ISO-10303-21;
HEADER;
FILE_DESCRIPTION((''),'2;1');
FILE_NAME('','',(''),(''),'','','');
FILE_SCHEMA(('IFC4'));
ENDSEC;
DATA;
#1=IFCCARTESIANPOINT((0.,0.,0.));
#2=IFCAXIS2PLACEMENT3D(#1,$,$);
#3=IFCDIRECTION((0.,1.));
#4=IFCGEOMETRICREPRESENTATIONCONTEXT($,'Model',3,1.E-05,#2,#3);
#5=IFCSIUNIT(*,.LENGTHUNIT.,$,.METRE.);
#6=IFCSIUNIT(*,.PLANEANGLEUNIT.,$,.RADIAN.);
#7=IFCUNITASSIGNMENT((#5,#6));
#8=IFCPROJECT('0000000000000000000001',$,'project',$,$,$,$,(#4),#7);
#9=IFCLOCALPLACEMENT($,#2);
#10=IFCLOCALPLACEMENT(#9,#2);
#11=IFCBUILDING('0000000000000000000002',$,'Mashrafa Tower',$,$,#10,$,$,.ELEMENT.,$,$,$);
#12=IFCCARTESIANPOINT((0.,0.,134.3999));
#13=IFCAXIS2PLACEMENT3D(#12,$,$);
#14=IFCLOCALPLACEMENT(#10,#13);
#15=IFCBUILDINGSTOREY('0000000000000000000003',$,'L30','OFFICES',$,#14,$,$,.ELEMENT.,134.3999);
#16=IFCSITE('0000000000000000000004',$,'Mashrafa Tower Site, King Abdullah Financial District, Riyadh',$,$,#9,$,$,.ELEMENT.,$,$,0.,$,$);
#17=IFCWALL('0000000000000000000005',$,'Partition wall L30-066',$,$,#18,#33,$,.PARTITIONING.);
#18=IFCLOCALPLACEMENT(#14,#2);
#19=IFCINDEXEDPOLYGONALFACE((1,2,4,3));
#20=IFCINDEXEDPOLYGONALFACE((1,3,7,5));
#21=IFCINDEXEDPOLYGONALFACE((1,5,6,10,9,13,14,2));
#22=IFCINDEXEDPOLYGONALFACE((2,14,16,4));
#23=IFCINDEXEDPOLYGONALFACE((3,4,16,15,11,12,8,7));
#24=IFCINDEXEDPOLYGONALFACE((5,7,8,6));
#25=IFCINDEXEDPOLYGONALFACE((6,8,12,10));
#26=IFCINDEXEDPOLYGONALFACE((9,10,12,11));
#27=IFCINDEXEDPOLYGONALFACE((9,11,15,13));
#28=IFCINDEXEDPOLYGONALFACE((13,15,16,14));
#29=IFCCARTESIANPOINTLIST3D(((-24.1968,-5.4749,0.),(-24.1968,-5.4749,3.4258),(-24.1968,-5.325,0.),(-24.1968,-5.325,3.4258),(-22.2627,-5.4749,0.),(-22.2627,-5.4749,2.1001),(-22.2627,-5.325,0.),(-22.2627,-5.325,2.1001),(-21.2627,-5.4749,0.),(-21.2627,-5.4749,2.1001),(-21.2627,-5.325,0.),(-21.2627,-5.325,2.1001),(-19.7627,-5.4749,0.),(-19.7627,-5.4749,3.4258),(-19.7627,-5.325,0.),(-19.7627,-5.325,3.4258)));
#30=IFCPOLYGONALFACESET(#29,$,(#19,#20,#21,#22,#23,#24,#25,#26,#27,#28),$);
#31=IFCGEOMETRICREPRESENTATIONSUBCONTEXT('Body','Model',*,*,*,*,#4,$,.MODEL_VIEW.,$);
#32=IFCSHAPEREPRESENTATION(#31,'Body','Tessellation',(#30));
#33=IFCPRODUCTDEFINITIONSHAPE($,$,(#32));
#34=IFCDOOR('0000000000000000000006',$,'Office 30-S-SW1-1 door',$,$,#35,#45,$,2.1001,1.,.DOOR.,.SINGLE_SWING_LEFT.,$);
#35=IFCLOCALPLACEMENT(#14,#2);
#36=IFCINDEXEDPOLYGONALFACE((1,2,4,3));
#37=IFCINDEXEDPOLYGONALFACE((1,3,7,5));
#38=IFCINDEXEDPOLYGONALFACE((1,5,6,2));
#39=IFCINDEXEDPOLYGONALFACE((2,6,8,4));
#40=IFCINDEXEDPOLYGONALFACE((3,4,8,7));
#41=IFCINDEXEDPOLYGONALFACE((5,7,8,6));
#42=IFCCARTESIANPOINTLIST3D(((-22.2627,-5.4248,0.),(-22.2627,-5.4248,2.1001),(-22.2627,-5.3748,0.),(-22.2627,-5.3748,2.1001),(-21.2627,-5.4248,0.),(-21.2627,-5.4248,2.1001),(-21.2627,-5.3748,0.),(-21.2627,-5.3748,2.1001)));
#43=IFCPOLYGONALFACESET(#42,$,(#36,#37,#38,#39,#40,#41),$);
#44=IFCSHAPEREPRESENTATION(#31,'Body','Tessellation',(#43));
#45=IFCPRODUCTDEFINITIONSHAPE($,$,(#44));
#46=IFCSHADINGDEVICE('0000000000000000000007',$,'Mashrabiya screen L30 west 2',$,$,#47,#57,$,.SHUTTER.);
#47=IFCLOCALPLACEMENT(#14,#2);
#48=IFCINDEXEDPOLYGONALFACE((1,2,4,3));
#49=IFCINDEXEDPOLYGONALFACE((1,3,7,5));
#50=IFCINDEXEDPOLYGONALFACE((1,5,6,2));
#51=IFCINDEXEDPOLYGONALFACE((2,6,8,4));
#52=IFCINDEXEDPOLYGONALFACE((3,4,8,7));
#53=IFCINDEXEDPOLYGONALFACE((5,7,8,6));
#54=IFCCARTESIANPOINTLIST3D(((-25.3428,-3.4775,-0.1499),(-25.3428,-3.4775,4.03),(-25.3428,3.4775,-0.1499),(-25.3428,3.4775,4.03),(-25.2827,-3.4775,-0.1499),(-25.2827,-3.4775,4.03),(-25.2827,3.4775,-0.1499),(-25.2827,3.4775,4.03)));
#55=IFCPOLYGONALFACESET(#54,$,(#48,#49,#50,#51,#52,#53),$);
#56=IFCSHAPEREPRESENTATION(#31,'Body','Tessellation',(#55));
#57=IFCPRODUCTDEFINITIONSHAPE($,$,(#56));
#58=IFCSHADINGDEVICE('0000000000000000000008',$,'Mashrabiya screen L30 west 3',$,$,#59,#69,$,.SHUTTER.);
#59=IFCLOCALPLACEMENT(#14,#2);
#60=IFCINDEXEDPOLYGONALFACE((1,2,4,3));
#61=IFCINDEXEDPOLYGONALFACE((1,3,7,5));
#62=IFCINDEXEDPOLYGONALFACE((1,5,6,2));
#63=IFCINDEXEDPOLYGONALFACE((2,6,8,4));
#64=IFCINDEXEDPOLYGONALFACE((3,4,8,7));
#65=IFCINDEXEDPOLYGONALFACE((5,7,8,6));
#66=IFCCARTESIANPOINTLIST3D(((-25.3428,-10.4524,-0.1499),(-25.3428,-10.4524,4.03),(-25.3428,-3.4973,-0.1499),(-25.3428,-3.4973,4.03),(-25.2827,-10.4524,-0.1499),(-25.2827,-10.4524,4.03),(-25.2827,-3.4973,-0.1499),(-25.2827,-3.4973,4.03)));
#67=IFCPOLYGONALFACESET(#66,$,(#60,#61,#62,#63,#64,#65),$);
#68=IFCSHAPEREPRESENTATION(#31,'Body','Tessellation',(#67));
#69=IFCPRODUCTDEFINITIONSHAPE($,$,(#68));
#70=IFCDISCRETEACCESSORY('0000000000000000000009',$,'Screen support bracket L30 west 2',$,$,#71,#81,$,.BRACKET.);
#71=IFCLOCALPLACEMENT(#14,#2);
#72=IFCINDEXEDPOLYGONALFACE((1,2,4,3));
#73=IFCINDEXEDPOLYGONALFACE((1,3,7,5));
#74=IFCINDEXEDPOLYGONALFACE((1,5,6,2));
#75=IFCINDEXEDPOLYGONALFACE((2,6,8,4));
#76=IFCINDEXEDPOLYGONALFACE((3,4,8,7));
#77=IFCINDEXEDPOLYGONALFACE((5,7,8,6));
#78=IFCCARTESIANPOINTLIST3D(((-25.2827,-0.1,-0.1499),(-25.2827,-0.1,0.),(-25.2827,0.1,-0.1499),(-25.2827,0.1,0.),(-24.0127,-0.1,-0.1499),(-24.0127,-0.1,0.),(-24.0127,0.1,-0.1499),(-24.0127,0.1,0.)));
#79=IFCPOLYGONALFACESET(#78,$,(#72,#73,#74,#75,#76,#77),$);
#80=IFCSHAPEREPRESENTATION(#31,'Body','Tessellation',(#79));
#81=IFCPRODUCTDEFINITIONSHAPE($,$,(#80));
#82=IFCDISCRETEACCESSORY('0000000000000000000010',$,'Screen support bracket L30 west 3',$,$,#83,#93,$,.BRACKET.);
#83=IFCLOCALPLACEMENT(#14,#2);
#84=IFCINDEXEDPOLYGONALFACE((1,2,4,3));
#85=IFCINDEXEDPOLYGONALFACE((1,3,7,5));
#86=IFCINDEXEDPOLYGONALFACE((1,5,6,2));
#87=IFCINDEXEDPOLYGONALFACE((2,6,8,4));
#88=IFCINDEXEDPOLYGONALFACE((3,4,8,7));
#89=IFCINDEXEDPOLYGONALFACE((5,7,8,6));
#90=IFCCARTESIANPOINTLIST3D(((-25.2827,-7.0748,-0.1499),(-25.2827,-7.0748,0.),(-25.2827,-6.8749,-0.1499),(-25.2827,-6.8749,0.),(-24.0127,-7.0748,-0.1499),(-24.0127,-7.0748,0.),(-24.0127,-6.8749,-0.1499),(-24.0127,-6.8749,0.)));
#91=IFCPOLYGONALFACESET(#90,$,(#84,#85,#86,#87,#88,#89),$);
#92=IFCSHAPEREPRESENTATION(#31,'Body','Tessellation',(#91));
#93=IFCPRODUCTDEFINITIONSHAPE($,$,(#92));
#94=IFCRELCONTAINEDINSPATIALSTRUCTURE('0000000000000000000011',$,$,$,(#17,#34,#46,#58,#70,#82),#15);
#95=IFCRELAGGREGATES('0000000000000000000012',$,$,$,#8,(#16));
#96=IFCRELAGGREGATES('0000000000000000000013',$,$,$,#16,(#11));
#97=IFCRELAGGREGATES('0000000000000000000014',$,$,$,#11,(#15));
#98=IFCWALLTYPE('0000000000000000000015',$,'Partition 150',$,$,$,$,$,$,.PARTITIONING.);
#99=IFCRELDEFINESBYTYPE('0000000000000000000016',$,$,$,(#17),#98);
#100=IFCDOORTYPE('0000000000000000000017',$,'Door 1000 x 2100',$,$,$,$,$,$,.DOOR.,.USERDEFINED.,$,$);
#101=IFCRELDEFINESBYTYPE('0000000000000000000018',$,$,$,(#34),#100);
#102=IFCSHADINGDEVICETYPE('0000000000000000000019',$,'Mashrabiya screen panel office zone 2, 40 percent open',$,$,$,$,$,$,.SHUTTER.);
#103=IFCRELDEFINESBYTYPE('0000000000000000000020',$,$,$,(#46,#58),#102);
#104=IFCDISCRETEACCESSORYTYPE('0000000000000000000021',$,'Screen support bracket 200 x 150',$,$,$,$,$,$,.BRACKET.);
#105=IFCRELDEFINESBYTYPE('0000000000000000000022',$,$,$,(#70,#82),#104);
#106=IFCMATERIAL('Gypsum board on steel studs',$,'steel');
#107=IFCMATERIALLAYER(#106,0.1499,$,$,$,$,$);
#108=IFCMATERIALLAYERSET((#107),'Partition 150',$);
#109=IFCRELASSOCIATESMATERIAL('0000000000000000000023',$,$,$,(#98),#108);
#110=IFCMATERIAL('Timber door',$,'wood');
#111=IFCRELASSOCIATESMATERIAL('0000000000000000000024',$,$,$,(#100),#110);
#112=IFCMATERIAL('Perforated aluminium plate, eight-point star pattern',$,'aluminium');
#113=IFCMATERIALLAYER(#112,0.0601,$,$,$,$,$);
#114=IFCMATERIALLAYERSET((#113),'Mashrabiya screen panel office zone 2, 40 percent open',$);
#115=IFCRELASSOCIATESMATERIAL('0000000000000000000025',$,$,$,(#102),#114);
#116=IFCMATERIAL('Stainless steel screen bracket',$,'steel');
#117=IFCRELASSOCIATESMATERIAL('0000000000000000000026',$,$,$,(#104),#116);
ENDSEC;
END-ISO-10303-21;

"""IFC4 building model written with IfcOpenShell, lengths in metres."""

from ifc_helpers import new_model, si_unit, direction, frame, frame_2d, origin, origin_2d, place, context, subcontext, project, spatial, rectangle, extrude, source, transform, mapped, material, layer, layer_set, type_object, type_shapes, element, fill, save


model = new_model("IFC4")

# Units and contexts
model_context = context("Model", 3, precision=1e-05, world=origin(), true_north=direction((0.0, 1.0)))
body_context = subcontext(model_context, "Body", "Model", "MODEL_VIEW")
ifc_project = project(units=[si_unit("LENGTHUNIT", "METRE"), si_unit("PLANEANGLEUNIT", "RADIAN")], contexts=[model_context])

# Site, building, storey
site_placement = place(None, origin())
site = spatial("IfcSite", under=ifc_project, at=site_placement, Name="Mashrafa Tower Site, King Abdullah Financial District, Riyadh", CompositionType="ELEMENT", RefElevation=0.0)
building_placement = place(site_placement, origin())
building = spatial("IfcBuilding", under=site, at=building_placement, Name="Mashrafa Tower", CompositionType="ELEMENT")
storey_placement = place(building_placement, frame((0.0, 0.0, 134.3999)))
storey = spatial("IfcBuildingStorey", under=building, at=storey_placement, Name="L30", Description="OFFICES", CompositionType="ELEMENT", Elevation=134.3999)

# Shared definitions
ifc_material_1 = material(Name="Gypsum board on steel studs", Category="steel")
ifc_layer_1 = layer(ifc_material_1, 0.1499)
ifc_layer_set_1 = layer_set([ifc_layer_1], Name="Partition 150")
wall_type_1 = type_object("IfcWallType", Name="Partition 150", PredefinedType="PARTITIONING", material=ifc_layer_set_1)

# Wall, opening, door
wall_1_placement = place(storey_placement, frame((-19.7627, -5.3999, 0.0), z_axis=(0.0, 0.0, 1.0), x_axis=(-1.0, 0.0, 0.0)))
wall_1 = element("IfcWall", 1, at=wall_1_placement, inside=storey, type_object=wall_type_1, Name="Partition wall L30-066", PredefinedType="PARTITIONING", context=body_context, shape_type="SweptSolid", body=[
    extrude(rectangle(XDim=4.4341, YDim=0.1499, at=frame_2d((2.217, 0.0))), origin(), (0.0, 0.0, 1.0), 3.4258),
])
opening_1_placement = place(wall_1_placement, frame((1.5, 0.0, 0.0)))
opening_1 = element("IfcOpeningElement", 2, at=opening_1_placement, cuts=wall_1, PredefinedType="OPENING", context=body_context, shape_type="SweptSolid", body=[
    extrude(rectangle(XDim=1.0, YDim=2.1001, at=frame_2d((0.5, 1.05))), frame((0.0, 0.085, 0.0), z_axis=(0.0, -1.0, 0.0), x_axis=(1.0, 0.0, 0.0)), (0.0, 0.0, 1.0), 0.1699),
])
ifc_material_2 = material(Name="Timber door", Category="wood")
door_type_1 = type_object("IfcDoorType", Name="Door 1000 x 2100", OperationType="USERDEFINED", PredefinedType="DOOR", material=ifc_material_2)
door_1_placement = place(opening_1_placement, origin())
door_1 = element("IfcDoor", 3, at=door_1_placement, inside=storey, type_object=door_type_1, Name="Office 30-S-SW1-1 door", OperationType="SINGLE_SWING_LEFT", OverallHeight=2.1001, OverallWidth=1.0, PredefinedType="DOOR", context=body_context, shape_type="SweptSolid", body=[
    extrude(rectangle(XDim=1.0, YDim=2.1001, at=frame_2d((0.5, 1.05))), frame((0.0, 0.0249, 0.0), z_axis=(0.0, -1.0, 0.0), x_axis=(1.0, 0.0, 0.0)), (0.0, 0.0, 1.0), 0.05),
])
fill(opening_1, door_1)

# Shading devices
ifc_material_3 = material(Name="Perforated aluminium plate, eight-point star pattern", Category="aluminium")
ifc_layer_2 = layer(ifc_material_3, 0.0601)
ifc_layer_set_2 = layer_set([ifc_layer_2], Name="Mashrabiya screen panel office zone 2, 40 percent open")
shading_device_type = type_object("IfcShadingDeviceType", Name="Mashrabiya screen panel office zone 2, 40 percent open", PredefinedType="SHUTTER", material=ifc_layer_set_2)
shared_shape_1 = source(origin(), body_context, "Body", "SweptSolid", [
    extrude(rectangle(XDim=6.9551, YDim=0.0601, at=origin_2d()), origin(), (0.0, 0.0, 1.0), 4.1799),
])
type_shapes(shading_device_type, [shared_shape_1])
for number, where, z_axis, x_axis, name in (
    (4, (-25.3127, 0.0, -0.1499), (0.0, 0.0, 1.0), (0.0, -1.0, 0.0), "Mashrabiya screen L30 west 2"),
    (5, (-25.3127, -6.9749, -0.1499), (0.0, 0.0, 1.0), (0.0, -1.0, 0.0), "Mashrabiya screen L30 west 3"),
):
    element("IfcShadingDevice", number, at=place(storey_placement, frame(where, z_axis=z_axis, x_axis=x_axis)), inside=storey, type_object=shading_device_type, Name=name, PredefinedType="SHUTTER", context=body_context, shape_type="MappedRepresentation", body=[
        mapped(shared_shape_1, transform((0.0, 0.0, 0.0))),
    ])

# Discrete accessories
ifc_material_4 = material(Name="Stainless steel screen bracket", Category="steel")
discrete_accessory_type = type_object("IfcDiscreteAccessoryType", Name="Screen support bracket 200 x 150", PredefinedType="BRACKET", material=ifc_material_4)
shared_shape_2 = source(origin(), body_context, "Body", "SweptSolid", [
    extrude(rectangle(XDim=0.2, YDim=1.27, at=origin_2d()), origin(), (0.0, 0.0, 1.0), 0.1499),
])
type_shapes(discrete_accessory_type, [shared_shape_2])
for number, where, z_axis, x_axis, name in (
    (6, (-24.6477, 0.0, -0.1499), (0.0, 0.0, 1.0), (0.0, -1.0, 0.0), "Screen support bracket L30 west 2"),
    (7, (-24.6477, -6.9749, -0.1499), (0.0, 0.0, 1.0), (0.0, -1.0, 0.0), "Screen support bracket L30 west 3"),
):
    element("IfcDiscreteAccessory", number, at=place(storey_placement, frame(where, z_axis=z_axis, x_axis=x_axis)), inside=storey, type_object=discrete_accessory_type, Name=name, PredefinedType="BRACKET", context=body_context, shape_type="MappedRepresentation", body=[
        mapped(shared_shape_2, transform((0.0, 0.0, 0.0))),
    ])

save(model, "model.ifc")
